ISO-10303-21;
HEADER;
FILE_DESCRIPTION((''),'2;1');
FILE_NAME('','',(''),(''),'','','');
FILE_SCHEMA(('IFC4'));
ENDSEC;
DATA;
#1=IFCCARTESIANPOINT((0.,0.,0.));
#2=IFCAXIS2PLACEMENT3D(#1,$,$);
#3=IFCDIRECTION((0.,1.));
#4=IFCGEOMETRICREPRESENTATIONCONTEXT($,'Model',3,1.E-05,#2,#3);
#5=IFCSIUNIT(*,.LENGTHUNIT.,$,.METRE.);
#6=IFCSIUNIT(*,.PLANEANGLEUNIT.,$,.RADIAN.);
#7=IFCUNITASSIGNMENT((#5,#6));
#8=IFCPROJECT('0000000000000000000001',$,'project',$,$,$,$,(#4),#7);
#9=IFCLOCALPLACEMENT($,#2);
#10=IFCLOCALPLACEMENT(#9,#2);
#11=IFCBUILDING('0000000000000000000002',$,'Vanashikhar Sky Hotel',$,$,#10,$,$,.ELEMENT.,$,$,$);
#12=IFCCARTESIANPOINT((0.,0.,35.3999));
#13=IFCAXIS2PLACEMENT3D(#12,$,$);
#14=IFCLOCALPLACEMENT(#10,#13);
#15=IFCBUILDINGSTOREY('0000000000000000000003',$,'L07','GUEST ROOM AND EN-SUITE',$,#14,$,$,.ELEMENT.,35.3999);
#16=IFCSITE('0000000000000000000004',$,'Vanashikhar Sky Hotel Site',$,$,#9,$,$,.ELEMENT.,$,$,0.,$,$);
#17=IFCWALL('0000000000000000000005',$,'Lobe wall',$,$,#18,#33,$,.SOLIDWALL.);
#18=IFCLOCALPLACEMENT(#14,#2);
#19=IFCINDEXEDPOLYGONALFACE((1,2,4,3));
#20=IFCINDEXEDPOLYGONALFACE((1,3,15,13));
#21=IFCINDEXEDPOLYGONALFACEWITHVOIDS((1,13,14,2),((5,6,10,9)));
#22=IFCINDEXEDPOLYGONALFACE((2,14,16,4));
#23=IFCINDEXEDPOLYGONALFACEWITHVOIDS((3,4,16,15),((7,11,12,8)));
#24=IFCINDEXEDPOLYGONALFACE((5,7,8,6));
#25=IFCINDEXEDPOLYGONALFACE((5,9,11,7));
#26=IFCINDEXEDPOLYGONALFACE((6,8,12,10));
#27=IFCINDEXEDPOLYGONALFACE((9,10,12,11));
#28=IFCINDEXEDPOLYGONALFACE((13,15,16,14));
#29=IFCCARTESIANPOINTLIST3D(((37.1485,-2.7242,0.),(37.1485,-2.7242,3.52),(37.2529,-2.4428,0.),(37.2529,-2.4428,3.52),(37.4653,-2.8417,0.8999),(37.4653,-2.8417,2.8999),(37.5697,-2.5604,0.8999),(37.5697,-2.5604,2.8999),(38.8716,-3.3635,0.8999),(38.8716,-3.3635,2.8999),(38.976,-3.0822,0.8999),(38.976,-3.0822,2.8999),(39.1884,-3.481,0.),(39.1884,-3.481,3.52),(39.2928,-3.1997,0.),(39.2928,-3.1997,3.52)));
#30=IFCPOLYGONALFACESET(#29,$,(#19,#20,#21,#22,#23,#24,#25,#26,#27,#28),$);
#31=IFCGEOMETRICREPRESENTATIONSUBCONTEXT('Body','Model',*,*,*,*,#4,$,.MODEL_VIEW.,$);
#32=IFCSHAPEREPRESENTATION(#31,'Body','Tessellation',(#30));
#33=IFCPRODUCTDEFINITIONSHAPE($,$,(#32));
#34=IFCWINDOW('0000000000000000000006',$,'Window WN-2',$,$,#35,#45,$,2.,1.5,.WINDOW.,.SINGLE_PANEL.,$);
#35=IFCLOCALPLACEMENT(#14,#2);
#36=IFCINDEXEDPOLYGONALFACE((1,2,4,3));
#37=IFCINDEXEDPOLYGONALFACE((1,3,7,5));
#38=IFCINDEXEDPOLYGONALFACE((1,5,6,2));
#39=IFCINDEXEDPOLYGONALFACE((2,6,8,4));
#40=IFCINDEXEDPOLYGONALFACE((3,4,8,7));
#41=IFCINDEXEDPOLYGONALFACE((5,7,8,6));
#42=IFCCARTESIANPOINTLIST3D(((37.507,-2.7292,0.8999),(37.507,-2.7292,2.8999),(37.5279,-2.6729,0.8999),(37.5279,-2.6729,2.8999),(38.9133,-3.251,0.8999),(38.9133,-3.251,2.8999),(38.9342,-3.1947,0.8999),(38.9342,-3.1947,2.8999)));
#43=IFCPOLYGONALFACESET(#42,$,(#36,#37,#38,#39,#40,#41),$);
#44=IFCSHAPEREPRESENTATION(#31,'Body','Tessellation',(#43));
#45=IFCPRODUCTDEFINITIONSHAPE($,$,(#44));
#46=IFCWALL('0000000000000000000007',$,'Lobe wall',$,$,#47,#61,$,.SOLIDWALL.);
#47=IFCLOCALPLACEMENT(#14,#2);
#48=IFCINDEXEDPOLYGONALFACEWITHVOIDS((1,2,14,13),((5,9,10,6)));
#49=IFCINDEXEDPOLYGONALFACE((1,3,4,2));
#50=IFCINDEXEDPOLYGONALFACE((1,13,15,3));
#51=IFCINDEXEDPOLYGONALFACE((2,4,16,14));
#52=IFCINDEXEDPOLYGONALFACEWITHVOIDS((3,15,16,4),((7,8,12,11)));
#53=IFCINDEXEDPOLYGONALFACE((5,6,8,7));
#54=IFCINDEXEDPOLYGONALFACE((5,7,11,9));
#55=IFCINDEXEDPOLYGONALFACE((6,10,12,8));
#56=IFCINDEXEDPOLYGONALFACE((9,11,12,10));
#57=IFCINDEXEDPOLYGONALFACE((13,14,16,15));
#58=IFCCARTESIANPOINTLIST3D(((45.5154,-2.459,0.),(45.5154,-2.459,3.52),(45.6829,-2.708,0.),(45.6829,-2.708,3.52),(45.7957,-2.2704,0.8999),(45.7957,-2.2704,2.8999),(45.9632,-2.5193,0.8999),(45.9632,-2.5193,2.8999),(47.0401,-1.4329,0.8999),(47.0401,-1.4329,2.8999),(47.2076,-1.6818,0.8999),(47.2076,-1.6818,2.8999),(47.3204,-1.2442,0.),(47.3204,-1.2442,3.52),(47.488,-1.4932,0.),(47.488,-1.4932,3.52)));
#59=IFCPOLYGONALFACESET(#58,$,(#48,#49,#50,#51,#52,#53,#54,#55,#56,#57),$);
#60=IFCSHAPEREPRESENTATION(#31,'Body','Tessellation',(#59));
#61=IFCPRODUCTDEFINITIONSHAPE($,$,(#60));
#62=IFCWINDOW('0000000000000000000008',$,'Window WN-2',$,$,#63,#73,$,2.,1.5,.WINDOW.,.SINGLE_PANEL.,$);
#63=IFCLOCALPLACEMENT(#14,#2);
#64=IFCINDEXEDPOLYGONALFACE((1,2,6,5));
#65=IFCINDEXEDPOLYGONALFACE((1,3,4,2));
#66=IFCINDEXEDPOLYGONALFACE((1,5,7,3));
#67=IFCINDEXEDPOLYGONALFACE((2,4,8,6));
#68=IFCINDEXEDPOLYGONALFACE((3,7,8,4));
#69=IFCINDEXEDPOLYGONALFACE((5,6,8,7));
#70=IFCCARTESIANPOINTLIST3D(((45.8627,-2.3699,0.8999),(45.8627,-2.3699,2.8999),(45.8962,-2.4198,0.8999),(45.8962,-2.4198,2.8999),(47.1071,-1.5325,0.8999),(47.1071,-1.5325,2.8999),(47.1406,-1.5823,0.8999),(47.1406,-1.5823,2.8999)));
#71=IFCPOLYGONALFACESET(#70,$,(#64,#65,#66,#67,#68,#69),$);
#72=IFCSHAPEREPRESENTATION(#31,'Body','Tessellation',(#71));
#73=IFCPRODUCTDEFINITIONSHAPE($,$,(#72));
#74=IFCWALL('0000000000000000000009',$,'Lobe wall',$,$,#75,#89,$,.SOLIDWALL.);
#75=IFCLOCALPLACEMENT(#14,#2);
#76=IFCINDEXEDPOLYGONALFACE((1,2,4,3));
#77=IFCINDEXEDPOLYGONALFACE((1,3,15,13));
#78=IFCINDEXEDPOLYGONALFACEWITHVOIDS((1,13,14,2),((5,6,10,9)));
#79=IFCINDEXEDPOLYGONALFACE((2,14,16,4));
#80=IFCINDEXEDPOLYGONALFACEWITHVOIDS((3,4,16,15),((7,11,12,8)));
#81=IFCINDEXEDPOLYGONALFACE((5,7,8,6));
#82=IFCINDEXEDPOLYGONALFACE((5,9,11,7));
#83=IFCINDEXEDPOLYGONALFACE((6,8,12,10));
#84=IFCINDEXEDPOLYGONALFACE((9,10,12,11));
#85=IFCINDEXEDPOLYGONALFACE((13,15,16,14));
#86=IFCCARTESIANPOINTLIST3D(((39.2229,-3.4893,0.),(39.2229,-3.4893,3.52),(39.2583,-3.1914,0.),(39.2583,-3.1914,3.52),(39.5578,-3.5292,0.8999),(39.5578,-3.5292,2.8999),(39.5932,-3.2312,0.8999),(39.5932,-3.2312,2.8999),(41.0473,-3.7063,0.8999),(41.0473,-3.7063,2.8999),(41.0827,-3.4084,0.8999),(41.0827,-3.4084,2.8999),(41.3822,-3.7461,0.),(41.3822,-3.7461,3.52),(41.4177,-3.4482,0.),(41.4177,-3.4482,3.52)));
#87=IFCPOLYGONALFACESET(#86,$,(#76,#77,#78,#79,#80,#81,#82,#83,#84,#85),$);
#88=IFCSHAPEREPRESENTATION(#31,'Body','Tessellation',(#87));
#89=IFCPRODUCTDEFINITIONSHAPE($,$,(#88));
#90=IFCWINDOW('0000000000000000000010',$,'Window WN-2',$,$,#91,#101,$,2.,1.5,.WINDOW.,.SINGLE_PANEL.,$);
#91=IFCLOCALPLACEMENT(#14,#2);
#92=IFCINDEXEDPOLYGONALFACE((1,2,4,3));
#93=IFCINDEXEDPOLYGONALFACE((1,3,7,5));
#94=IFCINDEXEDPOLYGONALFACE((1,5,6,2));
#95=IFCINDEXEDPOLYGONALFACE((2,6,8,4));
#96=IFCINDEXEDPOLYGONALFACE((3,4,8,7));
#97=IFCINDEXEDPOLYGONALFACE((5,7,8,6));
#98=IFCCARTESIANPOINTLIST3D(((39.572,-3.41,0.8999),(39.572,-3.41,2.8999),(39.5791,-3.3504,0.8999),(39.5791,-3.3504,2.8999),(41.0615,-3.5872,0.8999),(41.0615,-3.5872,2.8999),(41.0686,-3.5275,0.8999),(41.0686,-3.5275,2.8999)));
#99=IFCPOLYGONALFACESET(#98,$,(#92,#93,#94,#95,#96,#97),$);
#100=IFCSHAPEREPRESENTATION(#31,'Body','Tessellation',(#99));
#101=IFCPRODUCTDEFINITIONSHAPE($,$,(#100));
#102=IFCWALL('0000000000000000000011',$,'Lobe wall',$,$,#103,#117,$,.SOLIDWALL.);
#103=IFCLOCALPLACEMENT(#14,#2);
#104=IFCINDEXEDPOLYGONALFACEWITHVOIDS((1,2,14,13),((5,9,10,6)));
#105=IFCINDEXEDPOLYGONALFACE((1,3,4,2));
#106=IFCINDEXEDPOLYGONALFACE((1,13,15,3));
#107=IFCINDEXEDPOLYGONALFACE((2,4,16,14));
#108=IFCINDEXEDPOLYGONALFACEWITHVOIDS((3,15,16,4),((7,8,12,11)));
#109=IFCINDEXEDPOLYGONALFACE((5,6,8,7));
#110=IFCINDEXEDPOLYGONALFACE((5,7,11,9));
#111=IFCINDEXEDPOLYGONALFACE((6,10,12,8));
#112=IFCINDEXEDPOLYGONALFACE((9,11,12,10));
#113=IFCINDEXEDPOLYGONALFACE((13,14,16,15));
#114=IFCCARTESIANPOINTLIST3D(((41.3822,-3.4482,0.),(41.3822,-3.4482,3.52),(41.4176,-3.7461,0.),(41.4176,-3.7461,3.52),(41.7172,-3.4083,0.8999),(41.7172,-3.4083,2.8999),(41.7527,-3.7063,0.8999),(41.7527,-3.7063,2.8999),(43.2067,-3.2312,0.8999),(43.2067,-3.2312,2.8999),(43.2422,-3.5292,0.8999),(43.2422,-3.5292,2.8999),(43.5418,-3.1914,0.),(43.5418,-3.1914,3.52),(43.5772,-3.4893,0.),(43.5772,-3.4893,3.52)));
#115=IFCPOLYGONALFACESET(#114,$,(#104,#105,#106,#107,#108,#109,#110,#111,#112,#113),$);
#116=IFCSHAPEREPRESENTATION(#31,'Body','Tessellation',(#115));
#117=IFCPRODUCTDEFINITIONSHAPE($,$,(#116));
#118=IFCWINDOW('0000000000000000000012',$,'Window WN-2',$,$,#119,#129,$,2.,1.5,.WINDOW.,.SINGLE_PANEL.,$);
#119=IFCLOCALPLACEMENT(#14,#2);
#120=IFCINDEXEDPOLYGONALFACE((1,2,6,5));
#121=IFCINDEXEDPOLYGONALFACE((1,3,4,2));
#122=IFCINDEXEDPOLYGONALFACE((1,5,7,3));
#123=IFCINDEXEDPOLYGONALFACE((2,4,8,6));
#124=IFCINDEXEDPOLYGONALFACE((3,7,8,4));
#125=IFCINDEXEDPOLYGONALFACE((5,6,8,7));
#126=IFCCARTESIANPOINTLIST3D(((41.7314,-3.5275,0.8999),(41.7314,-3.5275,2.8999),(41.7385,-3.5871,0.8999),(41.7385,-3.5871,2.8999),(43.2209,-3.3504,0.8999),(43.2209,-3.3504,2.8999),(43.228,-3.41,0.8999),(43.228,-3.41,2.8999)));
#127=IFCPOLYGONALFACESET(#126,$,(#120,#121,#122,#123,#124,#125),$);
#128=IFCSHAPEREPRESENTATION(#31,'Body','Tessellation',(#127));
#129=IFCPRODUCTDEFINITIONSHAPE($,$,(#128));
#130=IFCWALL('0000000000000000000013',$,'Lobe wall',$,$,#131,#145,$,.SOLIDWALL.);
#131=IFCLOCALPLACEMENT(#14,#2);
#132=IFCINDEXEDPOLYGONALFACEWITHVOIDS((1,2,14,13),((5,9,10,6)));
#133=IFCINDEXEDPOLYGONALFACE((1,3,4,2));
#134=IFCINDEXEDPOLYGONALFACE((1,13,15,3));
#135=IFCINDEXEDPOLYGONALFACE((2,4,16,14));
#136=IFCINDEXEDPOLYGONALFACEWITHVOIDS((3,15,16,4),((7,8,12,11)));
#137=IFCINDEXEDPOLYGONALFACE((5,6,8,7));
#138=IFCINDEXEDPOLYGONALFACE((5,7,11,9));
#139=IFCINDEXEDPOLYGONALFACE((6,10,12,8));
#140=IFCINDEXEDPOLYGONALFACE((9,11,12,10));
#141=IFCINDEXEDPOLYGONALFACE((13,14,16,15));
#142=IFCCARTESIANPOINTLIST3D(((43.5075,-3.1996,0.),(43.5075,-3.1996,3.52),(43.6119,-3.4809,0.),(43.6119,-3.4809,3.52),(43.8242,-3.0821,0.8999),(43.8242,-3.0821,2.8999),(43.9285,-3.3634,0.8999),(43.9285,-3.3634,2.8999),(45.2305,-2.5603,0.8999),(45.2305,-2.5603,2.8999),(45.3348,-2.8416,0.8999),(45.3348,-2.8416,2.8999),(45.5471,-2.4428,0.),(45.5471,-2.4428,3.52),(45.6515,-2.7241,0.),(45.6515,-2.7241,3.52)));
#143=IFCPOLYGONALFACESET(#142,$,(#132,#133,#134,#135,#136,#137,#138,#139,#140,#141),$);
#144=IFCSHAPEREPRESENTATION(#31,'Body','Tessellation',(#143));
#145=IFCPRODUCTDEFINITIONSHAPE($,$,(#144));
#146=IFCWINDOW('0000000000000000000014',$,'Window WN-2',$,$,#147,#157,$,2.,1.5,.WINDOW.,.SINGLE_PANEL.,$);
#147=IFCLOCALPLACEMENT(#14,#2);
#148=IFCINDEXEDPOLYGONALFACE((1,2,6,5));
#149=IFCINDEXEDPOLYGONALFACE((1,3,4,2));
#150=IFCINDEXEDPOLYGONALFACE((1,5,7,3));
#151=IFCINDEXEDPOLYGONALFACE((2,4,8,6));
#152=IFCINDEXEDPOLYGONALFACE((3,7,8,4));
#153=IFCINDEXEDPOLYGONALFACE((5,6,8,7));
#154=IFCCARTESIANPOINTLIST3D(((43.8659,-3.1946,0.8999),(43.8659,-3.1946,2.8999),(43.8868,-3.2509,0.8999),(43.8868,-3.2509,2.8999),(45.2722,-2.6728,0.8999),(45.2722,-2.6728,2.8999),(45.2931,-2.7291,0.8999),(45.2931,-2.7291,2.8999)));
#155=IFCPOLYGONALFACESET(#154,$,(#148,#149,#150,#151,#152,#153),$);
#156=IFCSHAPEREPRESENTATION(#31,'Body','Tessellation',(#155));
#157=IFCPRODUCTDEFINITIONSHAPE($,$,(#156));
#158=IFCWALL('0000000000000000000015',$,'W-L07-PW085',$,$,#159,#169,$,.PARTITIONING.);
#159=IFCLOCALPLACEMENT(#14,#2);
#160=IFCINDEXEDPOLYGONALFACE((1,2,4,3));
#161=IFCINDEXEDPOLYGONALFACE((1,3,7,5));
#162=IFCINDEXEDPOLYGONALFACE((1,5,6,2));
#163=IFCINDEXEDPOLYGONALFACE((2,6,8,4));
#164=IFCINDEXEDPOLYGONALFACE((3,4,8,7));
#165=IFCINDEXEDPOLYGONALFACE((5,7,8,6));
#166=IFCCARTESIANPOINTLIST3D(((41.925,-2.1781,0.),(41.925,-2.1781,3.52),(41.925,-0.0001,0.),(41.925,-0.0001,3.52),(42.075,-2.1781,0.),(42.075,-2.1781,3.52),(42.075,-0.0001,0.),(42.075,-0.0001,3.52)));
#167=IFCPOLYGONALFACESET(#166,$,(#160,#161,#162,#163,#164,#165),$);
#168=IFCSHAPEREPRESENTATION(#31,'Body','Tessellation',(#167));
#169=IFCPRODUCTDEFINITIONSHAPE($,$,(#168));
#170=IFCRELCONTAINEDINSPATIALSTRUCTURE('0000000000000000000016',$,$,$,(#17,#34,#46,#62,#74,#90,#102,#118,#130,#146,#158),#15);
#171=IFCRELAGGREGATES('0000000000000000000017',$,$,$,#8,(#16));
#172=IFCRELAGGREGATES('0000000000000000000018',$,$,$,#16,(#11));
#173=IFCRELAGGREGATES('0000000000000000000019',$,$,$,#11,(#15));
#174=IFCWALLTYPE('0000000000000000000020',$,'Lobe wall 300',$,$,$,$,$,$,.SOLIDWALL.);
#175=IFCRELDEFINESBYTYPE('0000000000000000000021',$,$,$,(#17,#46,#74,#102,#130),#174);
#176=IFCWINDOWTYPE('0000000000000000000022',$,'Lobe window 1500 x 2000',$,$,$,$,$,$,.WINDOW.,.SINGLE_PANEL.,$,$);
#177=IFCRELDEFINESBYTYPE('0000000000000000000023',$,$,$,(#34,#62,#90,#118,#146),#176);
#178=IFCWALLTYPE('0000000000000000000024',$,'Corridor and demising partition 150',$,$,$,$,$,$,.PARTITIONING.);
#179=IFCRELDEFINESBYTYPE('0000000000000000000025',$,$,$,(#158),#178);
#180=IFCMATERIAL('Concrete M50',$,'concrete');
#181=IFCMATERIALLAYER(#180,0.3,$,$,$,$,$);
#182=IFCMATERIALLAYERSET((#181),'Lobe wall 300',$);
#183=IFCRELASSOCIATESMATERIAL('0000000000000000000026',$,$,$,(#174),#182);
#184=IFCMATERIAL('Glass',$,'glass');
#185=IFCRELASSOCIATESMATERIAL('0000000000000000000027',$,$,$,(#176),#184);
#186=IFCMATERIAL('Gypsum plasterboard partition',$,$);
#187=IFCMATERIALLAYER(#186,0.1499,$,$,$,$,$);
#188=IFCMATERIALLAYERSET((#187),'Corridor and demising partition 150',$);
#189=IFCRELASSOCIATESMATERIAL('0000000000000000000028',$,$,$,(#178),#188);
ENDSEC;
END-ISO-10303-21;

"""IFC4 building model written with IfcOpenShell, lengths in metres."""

from ifc_helpers import new_model, si_unit, direction, frame, frame_2d, origin, place, context, subcontext, project, spatial, rectangle, extrude, source, transform, mapped, material, layer, layer_set, type_object, element, fill, save


model = new_model("IFC4")

# Units and contexts
model_context = context("Model", 3, precision=1e-05, world=origin(), true_north=direction((0.0, 1.0)))
body_context = subcontext(model_context, "Body", "Model", "MODEL_VIEW")
ifc_project = project(units=[si_unit("LENGTHUNIT", "METRE"), si_unit("PLANEANGLEUNIT", "RADIAN")], contexts=[model_context])

# Site, building, storey
site_placement = place(None, origin())
site = spatial("IfcSite", under=ifc_project, at=site_placement, Name="Vanashikhar Sky Hotel Site", CompositionType="ELEMENT", RefElevation=0.0)
building_placement = place(site_placement, origin())
building = spatial("IfcBuilding", under=site, at=building_placement, Name="Vanashikhar Sky Hotel", CompositionType="ELEMENT")
storey_placement = place(building_placement, frame((0.0, 0.0, 35.3999)))
storey = spatial("IfcBuildingStorey", under=building, at=storey_placement, Name="L07", Description="GUEST ROOM AND EN-SUITE", CompositionType="ELEMENT", Elevation=35.3999)

# Walls, openings, windows
ifc_material_1 = material(Name="Concrete M50", Category="concrete")
ifc_layer_1 = layer(ifc_material_1, 0.3)
ifc_layer_set_1 = layer_set([ifc_layer_1], Name="Lobe wall 300")
wall_type_1 = type_object("IfcWallType", Name="Lobe wall 300", PredefinedType="SOLIDWALL", material=ifc_layer_set_1)
shared_shape_1 = source(origin(), body_context, "Body", "SweptSolid", [
    extrude(rectangle(XDim=2.1758, YDim=0.3, at=frame_2d((1.0879, 0.0))), origin(), (0.0, 0.0, 1.0), 3.52),
])
wall_1_placement = place(storey_placement, frame((37.2007, -2.5835, 0.0), z_axis=(0.0, 0.0, 1.0), x_axis=(0.937546, -0.347863, 0.0)))
wall_1 = element("IfcWall", 1, at=wall_1_placement, inside=storey, type_object=wall_type_1, Name="Lobe wall", PredefinedType="SOLIDWALL", context=body_context, shape_type="MappedRepresentation", body=[
    mapped(shared_shape_1, transform((0.0, 0.0, 0.0), scale=1.0)),
])
shared_shape_2 = source(origin(), body_context, "Body", "SweptSolid", [
    extrude(rectangle(XDim=1.5, YDim=2.0, at=frame_2d((0.75, 1.0))), frame((0.0, 0.1602, 0.0), z_axis=(0.0, -1.0, 0.0), x_axis=(1.0, 0.0, 0.0)), (0.0, 0.0, 1.0), 0.3201),
])
opening_1_placement = place(wall_1_placement, frame((0.3379, 0.0, 0.8999)))
opening_1 = element("IfcOpeningElement", 2, at=opening_1_placement, cuts=wall_1, PredefinedType="OPENING", context=body_context, shape_type="MappedRepresentation", body=[
    mapped(shared_shape_2, transform((0.0, 0.0, 0.0), scale=1.0)),
])
ifc_material_2 = material(Name="Glass", Category="glass")
window_type = type_object("IfcWindowType", Name="Lobe window 1500 x 2000", PartitioningType="SINGLE_PANEL", PredefinedType="WINDOW", material=ifc_material_2)
shared_shape_3 = source(origin(), body_context, "Body", "SweptSolid", [
    extrude(rectangle(XDim=1.5, YDim=2.0, at=frame_2d((0.75, 1.0))), frame((0.0, 0.03, 0.0), z_axis=(0.0, -1.0, 0.0), x_axis=(1.0, 0.0, 0.0)), (0.0, 0.0, 1.0), 0.0601),
])
window_1_placement = place(opening_1_placement, origin())
window_1 = element("IfcWindow", 3, at=window_1_placement, inside=storey, type_object=window_type, Name="Window WN-2", OverallHeight=2.0, OverallWidth=1.5, PartitioningType="SINGLE_PANEL", PredefinedType="WINDOW", context=body_context, shape_type="MappedRepresentation", body=[
    mapped(shared_shape_3, transform((0.0, 0.0, 0.0), scale=1.0)),
])
fill(opening_1, window_1)
wall_2_placement = place(storey_placement, frame((45.5991, -2.5835, 0.0), z_axis=(0.0, 0.0, 1.0), x_axis=(0.829626, 0.55832, 0.0)))
wall_2 = element("IfcWall", 4, at=wall_2_placement, inside=storey, type_object=wall_type_1, Name="Lobe wall", PredefinedType="SOLIDWALL", context=body_context, shape_type="MappedRepresentation", body=[
    mapped(shared_shape_1, transform((0.0, 0.0, 0.0), scale=1.0)),
])
opening_2_placement = place(wall_2_placement, frame((0.3379, 0.0, 0.8999)))
opening_2 = element("IfcOpeningElement", 5, at=opening_2_placement, cuts=wall_2, PredefinedType="OPENING", context=body_context, shape_type="MappedRepresentation", body=[
    mapped(shared_shape_2, transform((0.0, 0.0, 0.0), scale=1.0)),
])
window_2_placement = place(opening_2_placement, origin())
window_2 = element("IfcWindow", 6, at=window_2_placement, inside=storey, type_object=window_type, Name="Window WN-2", OverallHeight=2.0, OverallWidth=1.5, PartitioningType="SINGLE_PANEL", PredefinedType="WINDOW", context=body_context, shape_type="MappedRepresentation", body=[
    mapped(shared_shape_3, transform((0.0, 0.0, 0.0), scale=1.0)),
])
fill(opening_2, window_2)
shared_shape_4 = source(origin(), body_context, "Body", "SweptSolid", [
    extrude(rectangle(XDim=2.1746, YDim=0.3, at=frame_2d((1.0874, 0.0))), origin(), (0.0, 0.0, 1.0), 3.52),
])
wall_3_placement = place(storey_placement, frame((39.2405, -3.3403, 0.0), z_axis=(0.0, 0.0, 1.0), x_axis=(0.993001, -0.118105, 0.0)))
wall_3 = element("IfcWall", 7, at=wall_3_placement, inside=storey, type_object=wall_type_1, Name="Lobe wall", PredefinedType="SOLIDWALL", context=body_context, shape_type="MappedRepresentation", body=[
    mapped(shared_shape_4, transform((0.0, 0.0, 0.0), scale=1.0)),
])
opening_3_placement = place(wall_3_placement, frame((0.3374, 0.0, 0.8999)))
opening_3 = element("IfcOpeningElement", 8, at=opening_3_placement, cuts=wall_3, PredefinedType="OPENING", context=body_context, shape_type="MappedRepresentation", body=[
    mapped(shared_shape_2, transform((0.0, 0.0, 0.0), scale=1.0)),
])
window_3_placement = place(opening_3_placement, origin())
window_3 = element("IfcWindow", 9, at=window_3_placement, inside=storey, type_object=window_type, Name="Window WN-2", OverallHeight=2.0, OverallWidth=1.5, PartitioningType="SINGLE_PANEL", PredefinedType="WINDOW", context=body_context, shape_type="MappedRepresentation", body=[
    mapped(shared_shape_3, transform((0.0, 0.0, 0.0), scale=1.0)),
])
fill(opening_3, window_3)
shared_shape_5 = source(origin(), body_context, "Body", "SweptSolid", [
    extrude(rectangle(XDim=2.1748, YDim=0.3, at=frame_2d((1.0874, 0.0))), origin(), (0.0, 0.0, 1.0), 3.52),
])
wall_4_placement = place(storey_placement, frame((41.3999, -3.5972, 0.0), z_axis=(0.0, 0.0, 1.0), x_axis=(0.993003, 0.118092, 0.0)))
wall_4 = element("IfcWall", 10, at=wall_4_placement, inside=storey, type_object=wall_type_1, Name="Lobe wall", PredefinedType="SOLIDWALL", context=body_context, shape_type="MappedRepresentation", body=[
    mapped(shared_shape_5, transform((0.0, 0.0, 0.0), scale=1.0)),
])
opening_4_placement = place(wall_4_placement, frame((0.3374, 0.0, 0.8999)))
opening_4 = element("IfcOpeningElement", 11, at=opening_4_placement, cuts=wall_4, PredefinedType="OPENING", context=body_context, shape_type="MappedRepresentation", body=[
    mapped(shared_shape_2, transform((0.0, 0.0, 0.0), scale=1.0)),
])
window_4_placement = place(opening_4_placement, origin())
window_4 = element("IfcWindow", 12, at=window_4_placement, inside=storey, type_object=window_type, Name="Window WN-2", OverallHeight=2.0, OverallWidth=1.5, PartitioningType="SINGLE_PANEL", PredefinedType="WINDOW", context=body_context, shape_type="MappedRepresentation", body=[
    mapped(shared_shape_3, transform((0.0, 0.0, 0.0), scale=1.0)),
])
fill(opening_4, window_4)
shared_shape_6 = source(origin(), body_context, "Body", "SweptSolid", [
    extrude(rectangle(XDim=2.1755, YDim=0.3, at=frame_2d((1.0879, 0.0))), origin(), (0.0, 0.0, 1.0), 3.52),
])
wall_5_placement = place(storey_placement, frame((43.5596, -3.3403, 0.0), z_axis=(0.0, 0.0, 1.0), x_axis=(0.937532, 0.347899, 0.0)))
wall_5 = element("IfcWall", 13, at=wall_5_placement, inside=storey, type_object=wall_type_1, Name="Lobe wall", PredefinedType="SOLIDWALL", context=body_context, shape_type="MappedRepresentation", body=[
    mapped(shared_shape_6, transform((0.0, 0.0, 0.0), scale=1.0)),
])
opening_5_placement = place(wall_5_placement, frame((0.3379, 0.0, 0.8999)))
opening_5 = element("IfcOpeningElement", 14, at=opening_5_placement, cuts=wall_5, PredefinedType="OPENING", context=body_context, shape_type="MappedRepresentation", body=[
    mapped(shared_shape_2, transform((0.0, 0.0, 0.0), scale=1.0)),
])
window_5_placement = place(opening_5_placement, origin())
window_5 = element("IfcWindow", 15, at=window_5_placement, inside=storey, type_object=window_type, Name="Window WN-2", OverallHeight=2.0, OverallWidth=1.5, PartitioningType="SINGLE_PANEL", PredefinedType="WINDOW", context=body_context, shape_type="MappedRepresentation", body=[
    mapped(shared_shape_3, transform((0.0, 0.0, 0.0), scale=1.0)),
])
fill(opening_5, window_5)

# Wall
ifc_material_3 = material(Name="Gypsum plasterboard partition")
ifc_layer_2 = layer(ifc_material_3, 0.1499)
ifc_layer_set_2 = layer_set([ifc_layer_2], Name="Corridor and demising partition 150")
wall_type_2 = type_object("IfcWallType", Name="Corridor and demising partition 150", PredefinedType="PARTITIONING", material=ifc_layer_set_2)
shared_shape_7 = source(origin(), body_context, "Body", "SweptSolid", [
    extrude(rectangle(XDim=2.178, YDim=0.1499, at=frame_2d((1.0889, 0.0))), origin(), (0.0, 0.0, 1.0), 3.52),
])
wall_6_placement = place(storey_placement, frame((42.0, -2.178, 0.0), z_axis=(0.0, 0.0, 1.0), x_axis=(0.0, 1.0, 0.0)))
element("IfcWall", 16, at=wall_6_placement, inside=storey, type_object=wall_type_2, Name="W-L07-PW085", PredefinedType="PARTITIONING", context=body_context, shape_type="MappedRepresentation", body=[
    mapped(shared_shape_7, transform((0.0, 0.0, 0.0), scale=1.0)),
])

save(model, "model.ifc")
